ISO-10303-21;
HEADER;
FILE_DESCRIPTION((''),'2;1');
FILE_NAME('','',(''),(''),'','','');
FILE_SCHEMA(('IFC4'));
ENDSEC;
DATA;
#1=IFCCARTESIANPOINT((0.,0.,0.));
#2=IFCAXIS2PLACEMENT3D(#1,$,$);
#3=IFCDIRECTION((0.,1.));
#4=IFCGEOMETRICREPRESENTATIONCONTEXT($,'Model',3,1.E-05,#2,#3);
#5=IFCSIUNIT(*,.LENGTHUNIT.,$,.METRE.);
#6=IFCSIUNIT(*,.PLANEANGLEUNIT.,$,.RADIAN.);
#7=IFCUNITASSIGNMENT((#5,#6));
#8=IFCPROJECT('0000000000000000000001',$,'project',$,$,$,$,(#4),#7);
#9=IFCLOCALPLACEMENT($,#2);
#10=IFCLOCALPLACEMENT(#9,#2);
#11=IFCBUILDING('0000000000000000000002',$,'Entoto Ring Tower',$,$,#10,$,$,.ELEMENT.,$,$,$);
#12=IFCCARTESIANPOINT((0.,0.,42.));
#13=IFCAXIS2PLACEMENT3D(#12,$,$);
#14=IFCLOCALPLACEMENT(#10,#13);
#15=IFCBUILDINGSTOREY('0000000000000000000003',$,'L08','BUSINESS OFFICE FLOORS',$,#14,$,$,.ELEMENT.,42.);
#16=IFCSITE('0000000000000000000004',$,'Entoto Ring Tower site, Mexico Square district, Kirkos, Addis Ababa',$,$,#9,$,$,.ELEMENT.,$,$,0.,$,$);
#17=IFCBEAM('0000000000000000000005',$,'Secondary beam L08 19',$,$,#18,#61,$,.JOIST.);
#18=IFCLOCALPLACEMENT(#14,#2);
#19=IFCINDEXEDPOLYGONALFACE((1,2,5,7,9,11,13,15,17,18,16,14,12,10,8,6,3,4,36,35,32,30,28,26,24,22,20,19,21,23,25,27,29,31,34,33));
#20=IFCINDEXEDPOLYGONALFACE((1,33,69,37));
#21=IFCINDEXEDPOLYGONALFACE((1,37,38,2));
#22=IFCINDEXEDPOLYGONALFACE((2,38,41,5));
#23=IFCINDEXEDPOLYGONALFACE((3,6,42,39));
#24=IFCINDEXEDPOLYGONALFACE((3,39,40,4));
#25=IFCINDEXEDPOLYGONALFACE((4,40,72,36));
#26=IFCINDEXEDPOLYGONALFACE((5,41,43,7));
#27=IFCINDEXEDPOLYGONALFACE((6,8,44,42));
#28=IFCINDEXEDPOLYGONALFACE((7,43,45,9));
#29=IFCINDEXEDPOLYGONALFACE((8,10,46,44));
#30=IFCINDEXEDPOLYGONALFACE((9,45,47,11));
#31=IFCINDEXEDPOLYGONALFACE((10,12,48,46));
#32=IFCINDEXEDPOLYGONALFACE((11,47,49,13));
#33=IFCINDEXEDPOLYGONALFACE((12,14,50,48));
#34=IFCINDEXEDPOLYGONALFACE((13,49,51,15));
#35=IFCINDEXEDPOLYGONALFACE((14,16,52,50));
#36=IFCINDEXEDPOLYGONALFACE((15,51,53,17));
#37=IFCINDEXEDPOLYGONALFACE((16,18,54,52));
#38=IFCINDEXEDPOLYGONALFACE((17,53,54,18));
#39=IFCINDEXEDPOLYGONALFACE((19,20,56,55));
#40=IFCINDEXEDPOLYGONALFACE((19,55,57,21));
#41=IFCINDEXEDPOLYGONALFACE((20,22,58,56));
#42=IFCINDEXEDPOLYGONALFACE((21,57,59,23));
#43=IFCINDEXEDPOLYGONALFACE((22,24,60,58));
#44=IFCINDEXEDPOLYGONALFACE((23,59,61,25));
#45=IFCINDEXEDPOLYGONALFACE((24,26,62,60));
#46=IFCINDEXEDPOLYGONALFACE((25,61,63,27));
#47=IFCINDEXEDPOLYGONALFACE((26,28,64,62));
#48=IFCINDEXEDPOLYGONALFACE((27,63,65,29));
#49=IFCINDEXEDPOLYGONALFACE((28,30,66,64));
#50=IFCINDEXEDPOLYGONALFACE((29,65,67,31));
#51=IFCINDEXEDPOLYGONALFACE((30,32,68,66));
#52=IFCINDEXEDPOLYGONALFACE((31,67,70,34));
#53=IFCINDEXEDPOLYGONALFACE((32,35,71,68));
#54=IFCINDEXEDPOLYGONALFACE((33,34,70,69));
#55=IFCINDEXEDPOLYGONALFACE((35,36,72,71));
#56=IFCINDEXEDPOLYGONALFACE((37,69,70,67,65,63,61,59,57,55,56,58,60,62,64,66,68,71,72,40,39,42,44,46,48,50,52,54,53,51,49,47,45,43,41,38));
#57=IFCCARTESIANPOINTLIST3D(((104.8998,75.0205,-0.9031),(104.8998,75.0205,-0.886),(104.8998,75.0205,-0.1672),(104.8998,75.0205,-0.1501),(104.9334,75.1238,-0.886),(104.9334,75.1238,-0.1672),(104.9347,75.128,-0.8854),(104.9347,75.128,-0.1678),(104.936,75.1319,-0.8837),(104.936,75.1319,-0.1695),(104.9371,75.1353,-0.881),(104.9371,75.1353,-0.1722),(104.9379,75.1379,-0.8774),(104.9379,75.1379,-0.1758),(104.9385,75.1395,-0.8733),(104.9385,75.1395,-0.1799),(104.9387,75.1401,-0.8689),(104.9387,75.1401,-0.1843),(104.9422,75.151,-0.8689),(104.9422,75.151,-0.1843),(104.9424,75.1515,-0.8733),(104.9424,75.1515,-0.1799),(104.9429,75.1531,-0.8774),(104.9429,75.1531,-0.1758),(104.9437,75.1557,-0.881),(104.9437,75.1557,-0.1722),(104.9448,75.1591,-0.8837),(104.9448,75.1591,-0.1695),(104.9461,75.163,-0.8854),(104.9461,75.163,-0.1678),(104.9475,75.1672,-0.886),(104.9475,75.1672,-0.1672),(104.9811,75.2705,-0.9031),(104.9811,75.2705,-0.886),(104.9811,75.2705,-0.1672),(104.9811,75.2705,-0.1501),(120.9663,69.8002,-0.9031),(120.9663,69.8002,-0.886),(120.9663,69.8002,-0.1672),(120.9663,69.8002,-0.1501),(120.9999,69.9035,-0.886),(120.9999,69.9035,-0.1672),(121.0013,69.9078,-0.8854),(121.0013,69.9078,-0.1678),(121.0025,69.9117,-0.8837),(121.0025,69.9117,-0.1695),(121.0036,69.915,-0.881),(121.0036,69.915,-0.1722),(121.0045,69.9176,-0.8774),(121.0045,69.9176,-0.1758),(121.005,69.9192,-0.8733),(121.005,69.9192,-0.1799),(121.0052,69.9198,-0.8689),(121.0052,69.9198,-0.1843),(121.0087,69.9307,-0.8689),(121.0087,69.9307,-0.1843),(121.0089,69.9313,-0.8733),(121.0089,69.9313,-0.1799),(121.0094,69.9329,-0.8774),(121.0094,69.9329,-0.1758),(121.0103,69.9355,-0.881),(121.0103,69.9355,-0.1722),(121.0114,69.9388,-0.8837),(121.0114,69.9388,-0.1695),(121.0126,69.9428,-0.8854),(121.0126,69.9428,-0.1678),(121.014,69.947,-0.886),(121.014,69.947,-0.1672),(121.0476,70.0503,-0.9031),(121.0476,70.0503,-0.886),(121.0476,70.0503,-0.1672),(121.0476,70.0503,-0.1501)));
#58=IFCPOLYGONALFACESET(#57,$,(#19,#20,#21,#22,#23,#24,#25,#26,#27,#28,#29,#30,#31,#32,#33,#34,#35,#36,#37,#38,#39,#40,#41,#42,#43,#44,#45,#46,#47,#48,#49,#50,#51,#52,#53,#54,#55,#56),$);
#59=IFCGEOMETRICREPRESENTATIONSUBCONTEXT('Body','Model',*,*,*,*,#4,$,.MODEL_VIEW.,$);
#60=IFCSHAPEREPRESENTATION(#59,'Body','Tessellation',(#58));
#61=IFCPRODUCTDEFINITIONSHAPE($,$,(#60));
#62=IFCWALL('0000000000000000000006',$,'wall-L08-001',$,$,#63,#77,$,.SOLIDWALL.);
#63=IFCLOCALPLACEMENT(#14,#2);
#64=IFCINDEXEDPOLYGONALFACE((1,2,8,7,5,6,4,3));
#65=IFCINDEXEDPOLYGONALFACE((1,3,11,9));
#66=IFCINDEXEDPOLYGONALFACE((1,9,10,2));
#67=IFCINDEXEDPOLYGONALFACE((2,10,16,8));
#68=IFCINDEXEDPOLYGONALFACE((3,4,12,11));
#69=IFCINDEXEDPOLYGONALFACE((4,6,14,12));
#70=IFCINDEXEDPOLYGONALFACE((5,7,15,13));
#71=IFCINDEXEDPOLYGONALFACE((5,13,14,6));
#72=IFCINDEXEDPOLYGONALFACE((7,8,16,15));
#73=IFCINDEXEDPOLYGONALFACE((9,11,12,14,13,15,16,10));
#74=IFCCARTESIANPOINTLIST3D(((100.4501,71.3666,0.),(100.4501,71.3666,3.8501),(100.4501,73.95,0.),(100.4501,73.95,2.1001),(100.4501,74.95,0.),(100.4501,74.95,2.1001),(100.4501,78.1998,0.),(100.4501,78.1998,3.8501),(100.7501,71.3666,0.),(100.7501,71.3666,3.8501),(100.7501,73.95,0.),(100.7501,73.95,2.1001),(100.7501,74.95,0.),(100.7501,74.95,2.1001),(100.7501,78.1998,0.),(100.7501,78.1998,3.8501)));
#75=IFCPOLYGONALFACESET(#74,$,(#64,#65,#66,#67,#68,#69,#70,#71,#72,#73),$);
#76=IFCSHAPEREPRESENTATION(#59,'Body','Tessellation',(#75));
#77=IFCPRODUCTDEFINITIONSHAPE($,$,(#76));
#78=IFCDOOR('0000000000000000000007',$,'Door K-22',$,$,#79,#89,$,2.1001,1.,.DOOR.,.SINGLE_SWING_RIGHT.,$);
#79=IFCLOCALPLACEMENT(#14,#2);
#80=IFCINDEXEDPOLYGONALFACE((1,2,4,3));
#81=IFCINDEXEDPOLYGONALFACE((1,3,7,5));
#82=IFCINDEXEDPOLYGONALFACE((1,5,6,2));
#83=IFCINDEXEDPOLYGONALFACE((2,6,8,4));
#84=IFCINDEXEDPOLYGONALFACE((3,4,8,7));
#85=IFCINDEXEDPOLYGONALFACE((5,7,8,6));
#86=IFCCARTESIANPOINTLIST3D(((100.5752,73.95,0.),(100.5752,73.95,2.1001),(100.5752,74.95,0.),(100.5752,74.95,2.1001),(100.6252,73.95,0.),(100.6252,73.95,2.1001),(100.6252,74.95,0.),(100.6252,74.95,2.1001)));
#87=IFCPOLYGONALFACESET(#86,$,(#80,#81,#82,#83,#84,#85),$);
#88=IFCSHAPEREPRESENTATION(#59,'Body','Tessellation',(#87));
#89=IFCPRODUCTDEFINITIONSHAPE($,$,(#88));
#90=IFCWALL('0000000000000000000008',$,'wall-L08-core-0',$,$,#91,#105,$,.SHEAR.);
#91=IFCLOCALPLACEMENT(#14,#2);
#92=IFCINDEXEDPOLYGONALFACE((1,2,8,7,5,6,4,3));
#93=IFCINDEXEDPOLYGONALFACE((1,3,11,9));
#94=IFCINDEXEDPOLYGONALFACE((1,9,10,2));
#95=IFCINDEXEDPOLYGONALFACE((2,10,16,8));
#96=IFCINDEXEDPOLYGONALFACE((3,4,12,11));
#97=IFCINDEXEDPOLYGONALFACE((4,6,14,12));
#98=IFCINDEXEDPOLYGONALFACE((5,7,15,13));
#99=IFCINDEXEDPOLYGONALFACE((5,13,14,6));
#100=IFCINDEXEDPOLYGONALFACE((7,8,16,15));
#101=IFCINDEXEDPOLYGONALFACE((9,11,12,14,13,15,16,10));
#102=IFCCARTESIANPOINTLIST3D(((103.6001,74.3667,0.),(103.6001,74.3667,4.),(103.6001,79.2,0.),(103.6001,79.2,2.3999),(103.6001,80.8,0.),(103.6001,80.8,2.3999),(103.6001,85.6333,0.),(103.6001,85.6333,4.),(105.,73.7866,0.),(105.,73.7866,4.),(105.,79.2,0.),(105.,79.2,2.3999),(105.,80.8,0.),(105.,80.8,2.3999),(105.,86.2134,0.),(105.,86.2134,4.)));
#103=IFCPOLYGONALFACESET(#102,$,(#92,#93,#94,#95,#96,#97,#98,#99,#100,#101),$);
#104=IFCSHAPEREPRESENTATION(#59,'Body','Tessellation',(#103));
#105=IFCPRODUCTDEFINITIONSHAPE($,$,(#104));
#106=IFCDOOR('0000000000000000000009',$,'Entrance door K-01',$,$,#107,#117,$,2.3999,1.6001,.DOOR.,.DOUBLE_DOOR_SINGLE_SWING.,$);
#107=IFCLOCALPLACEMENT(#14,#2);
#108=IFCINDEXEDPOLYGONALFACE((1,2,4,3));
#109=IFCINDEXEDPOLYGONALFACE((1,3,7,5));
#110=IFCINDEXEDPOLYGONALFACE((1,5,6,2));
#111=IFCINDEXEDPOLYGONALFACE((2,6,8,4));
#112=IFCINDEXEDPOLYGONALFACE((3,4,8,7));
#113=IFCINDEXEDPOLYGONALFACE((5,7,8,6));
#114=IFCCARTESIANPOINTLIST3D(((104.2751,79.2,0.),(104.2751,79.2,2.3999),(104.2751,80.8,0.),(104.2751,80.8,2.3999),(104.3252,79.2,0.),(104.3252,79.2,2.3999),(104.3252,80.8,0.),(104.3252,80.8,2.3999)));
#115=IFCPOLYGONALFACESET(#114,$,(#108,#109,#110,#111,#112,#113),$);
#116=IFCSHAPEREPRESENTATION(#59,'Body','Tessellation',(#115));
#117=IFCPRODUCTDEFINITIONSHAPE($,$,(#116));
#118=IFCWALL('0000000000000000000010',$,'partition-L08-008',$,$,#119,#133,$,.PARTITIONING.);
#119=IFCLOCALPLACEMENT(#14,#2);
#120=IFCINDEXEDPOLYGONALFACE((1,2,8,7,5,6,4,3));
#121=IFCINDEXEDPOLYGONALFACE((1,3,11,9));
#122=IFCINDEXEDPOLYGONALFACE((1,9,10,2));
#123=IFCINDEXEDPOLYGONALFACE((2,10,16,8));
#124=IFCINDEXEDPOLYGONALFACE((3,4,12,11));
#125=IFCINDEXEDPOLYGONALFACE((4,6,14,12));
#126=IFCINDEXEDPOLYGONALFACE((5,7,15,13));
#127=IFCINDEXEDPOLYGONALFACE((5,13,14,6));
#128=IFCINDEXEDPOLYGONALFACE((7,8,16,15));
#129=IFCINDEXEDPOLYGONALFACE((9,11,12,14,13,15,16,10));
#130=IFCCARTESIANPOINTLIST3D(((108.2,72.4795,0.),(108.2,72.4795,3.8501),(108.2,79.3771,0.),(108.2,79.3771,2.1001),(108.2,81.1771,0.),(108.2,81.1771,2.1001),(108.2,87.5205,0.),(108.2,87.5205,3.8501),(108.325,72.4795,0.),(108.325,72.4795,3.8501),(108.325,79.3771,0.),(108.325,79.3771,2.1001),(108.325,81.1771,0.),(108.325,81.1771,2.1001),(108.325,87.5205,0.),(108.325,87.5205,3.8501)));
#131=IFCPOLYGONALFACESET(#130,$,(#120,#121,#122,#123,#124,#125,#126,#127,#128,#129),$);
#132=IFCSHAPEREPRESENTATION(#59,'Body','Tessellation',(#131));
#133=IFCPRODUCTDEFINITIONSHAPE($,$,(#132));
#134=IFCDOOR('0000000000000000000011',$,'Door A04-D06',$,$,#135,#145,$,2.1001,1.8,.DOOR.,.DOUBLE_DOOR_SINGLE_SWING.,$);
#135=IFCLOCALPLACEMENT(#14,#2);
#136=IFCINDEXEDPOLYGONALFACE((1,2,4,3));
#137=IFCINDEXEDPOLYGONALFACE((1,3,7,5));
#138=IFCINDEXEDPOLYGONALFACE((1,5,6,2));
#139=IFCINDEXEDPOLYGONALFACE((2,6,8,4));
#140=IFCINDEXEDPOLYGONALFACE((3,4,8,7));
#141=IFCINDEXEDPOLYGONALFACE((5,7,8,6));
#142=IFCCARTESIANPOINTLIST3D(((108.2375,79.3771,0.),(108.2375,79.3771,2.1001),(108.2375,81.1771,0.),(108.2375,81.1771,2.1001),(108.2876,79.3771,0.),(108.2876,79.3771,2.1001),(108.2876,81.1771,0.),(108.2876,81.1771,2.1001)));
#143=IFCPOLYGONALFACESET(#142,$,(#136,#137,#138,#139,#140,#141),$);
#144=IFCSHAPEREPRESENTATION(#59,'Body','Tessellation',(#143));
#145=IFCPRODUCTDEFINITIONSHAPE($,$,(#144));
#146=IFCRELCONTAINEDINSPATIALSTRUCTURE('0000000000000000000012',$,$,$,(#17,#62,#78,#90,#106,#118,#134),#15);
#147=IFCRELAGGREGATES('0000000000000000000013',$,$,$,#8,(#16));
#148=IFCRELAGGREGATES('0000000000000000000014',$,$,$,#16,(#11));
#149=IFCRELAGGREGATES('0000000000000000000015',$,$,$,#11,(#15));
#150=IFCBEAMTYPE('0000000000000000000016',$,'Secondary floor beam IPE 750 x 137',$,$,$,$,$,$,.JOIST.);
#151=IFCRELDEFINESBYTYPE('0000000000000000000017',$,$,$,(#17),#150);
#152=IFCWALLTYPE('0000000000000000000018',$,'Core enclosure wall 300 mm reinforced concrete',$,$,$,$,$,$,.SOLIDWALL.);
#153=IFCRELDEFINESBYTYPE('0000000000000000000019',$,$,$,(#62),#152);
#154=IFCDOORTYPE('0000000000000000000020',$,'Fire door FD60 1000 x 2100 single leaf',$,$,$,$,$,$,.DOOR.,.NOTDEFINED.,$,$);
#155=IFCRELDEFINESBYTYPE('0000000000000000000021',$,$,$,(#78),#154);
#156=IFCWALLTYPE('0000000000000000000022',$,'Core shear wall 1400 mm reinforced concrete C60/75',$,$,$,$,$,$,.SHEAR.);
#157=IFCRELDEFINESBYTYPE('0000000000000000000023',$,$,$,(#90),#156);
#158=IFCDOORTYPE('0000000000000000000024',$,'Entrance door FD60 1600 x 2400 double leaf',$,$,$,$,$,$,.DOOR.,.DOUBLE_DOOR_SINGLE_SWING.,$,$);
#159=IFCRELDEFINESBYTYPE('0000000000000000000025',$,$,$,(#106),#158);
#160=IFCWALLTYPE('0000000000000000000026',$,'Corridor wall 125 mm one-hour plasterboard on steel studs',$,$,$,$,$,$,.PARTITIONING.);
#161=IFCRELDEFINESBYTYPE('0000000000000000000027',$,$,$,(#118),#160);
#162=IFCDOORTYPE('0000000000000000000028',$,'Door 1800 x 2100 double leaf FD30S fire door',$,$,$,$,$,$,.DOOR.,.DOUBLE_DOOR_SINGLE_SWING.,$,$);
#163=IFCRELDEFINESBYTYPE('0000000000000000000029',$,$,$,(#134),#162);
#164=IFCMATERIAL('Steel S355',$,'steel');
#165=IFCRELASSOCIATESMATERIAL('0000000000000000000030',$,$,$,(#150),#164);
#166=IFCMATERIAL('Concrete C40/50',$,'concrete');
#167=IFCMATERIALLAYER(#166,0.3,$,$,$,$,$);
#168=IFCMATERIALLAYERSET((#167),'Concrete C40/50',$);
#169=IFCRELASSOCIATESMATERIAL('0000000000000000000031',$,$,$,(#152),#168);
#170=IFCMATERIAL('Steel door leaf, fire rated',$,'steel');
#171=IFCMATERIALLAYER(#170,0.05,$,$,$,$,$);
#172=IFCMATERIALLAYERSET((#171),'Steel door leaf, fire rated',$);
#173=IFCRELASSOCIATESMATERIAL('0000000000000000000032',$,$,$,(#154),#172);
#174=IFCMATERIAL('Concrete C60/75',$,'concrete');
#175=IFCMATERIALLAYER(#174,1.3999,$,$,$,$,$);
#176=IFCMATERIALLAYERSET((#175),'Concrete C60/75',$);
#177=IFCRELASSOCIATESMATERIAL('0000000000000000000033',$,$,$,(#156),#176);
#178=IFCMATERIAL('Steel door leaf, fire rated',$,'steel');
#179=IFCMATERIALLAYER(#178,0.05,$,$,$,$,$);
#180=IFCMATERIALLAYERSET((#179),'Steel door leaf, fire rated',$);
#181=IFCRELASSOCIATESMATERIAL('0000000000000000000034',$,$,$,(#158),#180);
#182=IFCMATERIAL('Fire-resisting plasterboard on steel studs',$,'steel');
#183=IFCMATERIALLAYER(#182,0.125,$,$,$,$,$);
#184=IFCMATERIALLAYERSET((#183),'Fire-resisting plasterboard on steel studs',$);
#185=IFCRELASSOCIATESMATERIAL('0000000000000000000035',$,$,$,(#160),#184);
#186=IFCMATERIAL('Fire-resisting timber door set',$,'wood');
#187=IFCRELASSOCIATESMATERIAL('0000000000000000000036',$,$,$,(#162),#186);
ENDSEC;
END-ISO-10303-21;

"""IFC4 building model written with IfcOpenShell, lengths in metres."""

from ifc_helpers import new_model, si_unit, direction, frame, frame_2d, origin, origin_2d, place, context, subcontext, project, spatial, polyline, rectangle, i_section, outline, extrude, material, layer, layer_set, material_profile, profile_set, type_object, element, fill, save


model = new_model("IFC4")

# Units and contexts
model_context = context("Model", 3, precision=1e-05, world=origin(), true_north=direction((0.0, 1.0)))
body_context = subcontext(model_context, "Body", "Model", "MODEL_VIEW")
ifc_project = project(units=[si_unit("LENGTHUNIT", "METRE"), si_unit("PLANEANGLEUNIT", "RADIAN")], contexts=[model_context])

# Site, building, storey
site_placement = place(None, origin())
site = spatial("IfcSite", under=ifc_project, at=site_placement, Name="Entoto Ring Tower site, Mexico Square district, Kirkos, Addis Ababa", CompositionType="ELEMENT", RefElevation=0.0)
building_placement = place(site_placement, origin())
building = spatial("IfcBuilding", under=site, at=building_placement, Name="Entoto Ring Tower", CompositionType="ELEMENT")
storey_placement = place(building_placement, frame((0.0, 0.0, 42.0)))
storey = spatial("IfcBuildingStorey", under=building, at=storey_placement, Name="L08", Description="BUSINESS OFFICE FLOORS", CompositionType="ELEMENT", Elevation=42.0)

# Beam
ifc_material_1 = material(Name="Steel S355", Category="steel")
ifc_material_profile_1 = material_profile(ifc_material_1, i_section(OverallWidth=0.2629, OverallDepth=0.7529, WebThickness=0.0115, FlangeThickness=0.0171, FilletRadius=0.0171, at=origin_2d()), Name="IPE 750 x 137")
ifc_profile_set_1 = profile_set([ifc_material_profile_1], Name="Steel S355")
beam_type_1 = type_object("IfcBeamType", Name="Secondary floor beam IPE 750 x 137", PredefinedType="JOIST", material=ifc_profile_set_1)
beam_1_placement = place(storey_placement, frame((104.9404, 75.1455, -0.5266), z_axis=(0.951058, -0.309013, 0.0), x_axis=(0.309013, 0.951058, 0.0)))
element("IfcBeam", 1, at=beam_1_placement, inside=storey, type_object=beam_type_1, Name="Secondary beam L08 19", PredefinedType="JOIST", context=body_context, shape_type="SweptSolid", body=[
    extrude(i_section(OverallWidth=0.2629, OverallDepth=0.7529, WebThickness=0.0115, FlangeThickness=0.0171, FilletRadius=0.0171, at=origin_2d()), origin(), (0.0, 0.0, 1.0), 16.8933),
])

# Walls, openings, doors
ifc_material_2 = material(Name="Concrete C40/50", Category="concrete")
ifc_layer_1 = layer(ifc_material_2, 0.3)
ifc_layer_set_1 = layer_set([ifc_layer_1], Name="Concrete C40/50")
wall_type_1 = type_object("IfcWallType", Name="Core enclosure wall 300 mm reinforced concrete", PredefinedType="SOLIDWALL", material=ifc_layer_set_1)
wall_1_placement = place(storey_placement, frame((100.6001, 71.3667, 0.0), z_axis=(0.0, 0.0, 1.0), x_axis=(0.0, 1.0, 0.0)))
wall_1 = element("IfcWall", 2, at=wall_1_placement, inside=storey, type_object=wall_type_1, Name="wall-L08-001", PredefinedType="SOLIDWALL", context=body_context, shape_type="SweptSolid", body=[
    extrude(rectangle(XDim=6.8333, YDim=0.3, at=frame_2d((3.4165, 0.0))), origin(), (0.0, 0.0, 1.0), 3.8501),
])
opening_1_placement = place(wall_1_placement, frame((2.5833, 0.0, 0.0)))
opening_1 = element("IfcOpeningElement", 3, at=opening_1_placement, cuts=wall_1, PredefinedType="OPENING", context=body_context, shape_type="SweptSolid", body=[
    extrude(rectangle(XDim=1.0, YDim=2.1001, at=frame_2d((0.5, 1.05))), frame((0.0, 0.1602, 0.0), z_axis=(0.0, -1.0, 0.0), x_axis=(1.0, 0.0, 0.0)), (0.0, 0.0, 1.0), 0.3201),
])
ifc_material_3 = material(Name="Steel door leaf, fire rated", Category="steel")
ifc_layer_2 = layer(ifc_material_3, 0.05)
ifc_layer_set_2 = layer_set([ifc_layer_2], Name="Steel door leaf, fire rated")
door_type_1 = type_object("IfcDoorType", Name="Fire door FD60 1000 x 2100 single leaf", OperationType="NOTDEFINED", PredefinedType="DOOR", material=ifc_layer_set_2)
door_1_placement = place(opening_1_placement, origin())
door_1 = element("IfcDoor", 4, at=door_1_placement, inside=storey, type_object=door_type_1, Name="Door K-22", OperationType="SINGLE_SWING_RIGHT", OverallHeight=2.1001, OverallWidth=1.0, PredefinedType="DOOR", context=body_context, shape_type="SweptSolid", body=[
    extrude(rectangle(XDim=1.0, YDim=2.1001, at=frame_2d((0.5, 1.05))), frame((0.0, 0.0249, 0.0), z_axis=(0.0, -1.0, 0.0), x_axis=(1.0, 0.0, 0.0)), (0.0, 0.0, 1.0), 0.05),
])
fill(opening_1, door_1)
ifc_material_4 = material(Name="Concrete C60/75", Category="concrete")
ifc_layer_3 = layer(ifc_material_4, 1.3999)
ifc_layer_set_3 = layer_set([ifc_layer_3], Name="Concrete C60/75")
wall_type_2 = type_object("IfcWallType", Name="Core shear wall 1400 mm reinforced concrete C60/75", PredefinedType="SHEAR", material=ifc_layer_set_3)
wall_2_placement = place(storey_placement, frame((104.3, 74.0767, 0.0), z_axis=(0.0, 0.0, 1.0), x_axis=(0.0, 1.0, 0.0)))
wall_2 = element("IfcWall", 5, at=wall_2_placement, inside=storey, type_object=wall_type_2, Name="wall-L08-core-0", PredefinedType="SHEAR", context=body_context, shape_type="SweptSolid", body=[
    extrude(outline(polyline([(-0.29, -0.7), (12.1367, -0.7), (11.5566, 0.7), (0.29, 0.7), (-0.29, -0.7)])), origin(), (0.0, 0.0, 1.0), 4.0),
])
opening_2_placement = place(wall_2_placement, frame((5.1233, 0.0, 0.0)))
opening_2 = element("IfcOpeningElement", 6, at=opening_2_placement, cuts=wall_2, PredefinedType="OPENING", context=body_context, shape_type="SweptSolid", body=[
    extrude(rectangle(XDim=1.6001, YDim=2.3999, at=frame_2d((0.8, 1.2))), frame((0.0, 0.71, 0.0), z_axis=(0.0, -1.0, 0.0), x_axis=(1.0, 0.0, 0.0)), (0.0, 0.0, 1.0), 1.4199),
])
ifc_material_5 = material(Name="Steel door leaf, fire rated", Category="steel")
ifc_layer_4 = layer(ifc_material_5, 0.05)
ifc_layer_set_4 = layer_set([ifc_layer_4], Name="Steel door leaf, fire rated")
door_type_2 = type_object("IfcDoorType", Name="Entrance door FD60 1600 x 2400 double leaf", OperationType="DOUBLE_DOOR_SINGLE_SWING", PredefinedType="DOOR", material=ifc_layer_set_4)
door_2_placement = place(opening_2_placement, origin())
door_2 = element("IfcDoor", 7, at=door_2_placement, inside=storey, type_object=door_type_2, Name="Entrance door K-01", OperationType="DOUBLE_DOOR_SINGLE_SWING", OverallHeight=2.3999, OverallWidth=1.6001, PredefinedType="DOOR", context=body_context, shape_type="SweptSolid", body=[
    extrude(rectangle(XDim=1.6001, YDim=2.3999, at=frame_2d((0.8, 1.2))), frame((0.0, 0.0249, 0.0), z_axis=(0.0, -1.0, 0.0), x_axis=(1.0, 0.0, 0.0)), (0.0, 0.0, 1.0), 0.05),
])
fill(opening_2, door_2)
ifc_material_6 = material(Name="Fire-resisting plasterboard on steel studs", Category="steel")
ifc_layer_5 = layer(ifc_material_6, 0.125)
ifc_layer_set_5 = layer_set([ifc_layer_5], Name="Fire-resisting plasterboard on steel studs")
wall_type_3 = type_object("IfcWallType", Name="Corridor wall 125 mm one-hour plasterboard on steel studs", PredefinedType="PARTITIONING", material=ifc_layer_set_5)
wall_3_placement = place(storey_placement, frame((108.2625, 72.4795, 0.0), z_axis=(0.0, 0.0, 1.0), x_axis=(0.0, 1.0, 0.0)))
wall_3 = element("IfcWall", 8, at=wall_3_placement, inside=storey, type_object=wall_type_3, Name="partition-L08-008", PredefinedType="PARTITIONING", context=body_context, shape_type="SweptSolid", body=[
    extrude(rectangle(XDim=15.041, YDim=0.125, at=frame_2d((7.5205, 0.0))), origin(), (0.0, 0.0, 1.0), 3.8501),
])
opening_3_placement = place(wall_3_placement, frame((6.8977, 0.0, 0.0)))
opening_3 = element("IfcOpeningElement", 9, at=opening_3_placement, cuts=wall_3, PredefinedType="OPENING", context=body_context, shape_type="SweptSolid", body=[
    extrude(rectangle(XDim=1.8, YDim=2.1001, at=frame_2d((0.8999, 1.05))), frame((0.0, 0.0725, 0.0), z_axis=(0.0, -1.0, 0.0), x_axis=(1.0, 0.0, 0.0)), (0.0, 0.0, 1.0), 0.145),
])
ifc_material_7 = material(Name="Fire-resisting timber door set", Category="wood")
door_type_3 = type_object("IfcDoorType", Name="Door 1800 x 2100 double leaf FD30S fire door", OperationType="DOUBLE_DOOR_SINGLE_SWING", PredefinedType="DOOR", material=ifc_material_7)
door_3_placement = place(opening_3_placement, origin())
door_3 = element("IfcDoor", 10, at=door_3_placement, inside=storey, type_object=door_type_3, Name="Door A04-D06", OperationType="DOUBLE_DOOR_SINGLE_SWING", OverallHeight=2.1001, OverallWidth=1.8, PredefinedType="DOOR", context=body_context, shape_type="SweptSolid", body=[
    extrude(rectangle(XDim=1.8, YDim=2.1001, at=frame_2d((0.8999, 1.05))), frame((0.0, 0.0249, 0.0), z_axis=(0.0, -1.0, 0.0), x_axis=(1.0, 0.0, 0.0)), (0.0, 0.0, 1.0), 0.05),
])
fill(opening_3, door_3)

save(model, "model.ifc")
